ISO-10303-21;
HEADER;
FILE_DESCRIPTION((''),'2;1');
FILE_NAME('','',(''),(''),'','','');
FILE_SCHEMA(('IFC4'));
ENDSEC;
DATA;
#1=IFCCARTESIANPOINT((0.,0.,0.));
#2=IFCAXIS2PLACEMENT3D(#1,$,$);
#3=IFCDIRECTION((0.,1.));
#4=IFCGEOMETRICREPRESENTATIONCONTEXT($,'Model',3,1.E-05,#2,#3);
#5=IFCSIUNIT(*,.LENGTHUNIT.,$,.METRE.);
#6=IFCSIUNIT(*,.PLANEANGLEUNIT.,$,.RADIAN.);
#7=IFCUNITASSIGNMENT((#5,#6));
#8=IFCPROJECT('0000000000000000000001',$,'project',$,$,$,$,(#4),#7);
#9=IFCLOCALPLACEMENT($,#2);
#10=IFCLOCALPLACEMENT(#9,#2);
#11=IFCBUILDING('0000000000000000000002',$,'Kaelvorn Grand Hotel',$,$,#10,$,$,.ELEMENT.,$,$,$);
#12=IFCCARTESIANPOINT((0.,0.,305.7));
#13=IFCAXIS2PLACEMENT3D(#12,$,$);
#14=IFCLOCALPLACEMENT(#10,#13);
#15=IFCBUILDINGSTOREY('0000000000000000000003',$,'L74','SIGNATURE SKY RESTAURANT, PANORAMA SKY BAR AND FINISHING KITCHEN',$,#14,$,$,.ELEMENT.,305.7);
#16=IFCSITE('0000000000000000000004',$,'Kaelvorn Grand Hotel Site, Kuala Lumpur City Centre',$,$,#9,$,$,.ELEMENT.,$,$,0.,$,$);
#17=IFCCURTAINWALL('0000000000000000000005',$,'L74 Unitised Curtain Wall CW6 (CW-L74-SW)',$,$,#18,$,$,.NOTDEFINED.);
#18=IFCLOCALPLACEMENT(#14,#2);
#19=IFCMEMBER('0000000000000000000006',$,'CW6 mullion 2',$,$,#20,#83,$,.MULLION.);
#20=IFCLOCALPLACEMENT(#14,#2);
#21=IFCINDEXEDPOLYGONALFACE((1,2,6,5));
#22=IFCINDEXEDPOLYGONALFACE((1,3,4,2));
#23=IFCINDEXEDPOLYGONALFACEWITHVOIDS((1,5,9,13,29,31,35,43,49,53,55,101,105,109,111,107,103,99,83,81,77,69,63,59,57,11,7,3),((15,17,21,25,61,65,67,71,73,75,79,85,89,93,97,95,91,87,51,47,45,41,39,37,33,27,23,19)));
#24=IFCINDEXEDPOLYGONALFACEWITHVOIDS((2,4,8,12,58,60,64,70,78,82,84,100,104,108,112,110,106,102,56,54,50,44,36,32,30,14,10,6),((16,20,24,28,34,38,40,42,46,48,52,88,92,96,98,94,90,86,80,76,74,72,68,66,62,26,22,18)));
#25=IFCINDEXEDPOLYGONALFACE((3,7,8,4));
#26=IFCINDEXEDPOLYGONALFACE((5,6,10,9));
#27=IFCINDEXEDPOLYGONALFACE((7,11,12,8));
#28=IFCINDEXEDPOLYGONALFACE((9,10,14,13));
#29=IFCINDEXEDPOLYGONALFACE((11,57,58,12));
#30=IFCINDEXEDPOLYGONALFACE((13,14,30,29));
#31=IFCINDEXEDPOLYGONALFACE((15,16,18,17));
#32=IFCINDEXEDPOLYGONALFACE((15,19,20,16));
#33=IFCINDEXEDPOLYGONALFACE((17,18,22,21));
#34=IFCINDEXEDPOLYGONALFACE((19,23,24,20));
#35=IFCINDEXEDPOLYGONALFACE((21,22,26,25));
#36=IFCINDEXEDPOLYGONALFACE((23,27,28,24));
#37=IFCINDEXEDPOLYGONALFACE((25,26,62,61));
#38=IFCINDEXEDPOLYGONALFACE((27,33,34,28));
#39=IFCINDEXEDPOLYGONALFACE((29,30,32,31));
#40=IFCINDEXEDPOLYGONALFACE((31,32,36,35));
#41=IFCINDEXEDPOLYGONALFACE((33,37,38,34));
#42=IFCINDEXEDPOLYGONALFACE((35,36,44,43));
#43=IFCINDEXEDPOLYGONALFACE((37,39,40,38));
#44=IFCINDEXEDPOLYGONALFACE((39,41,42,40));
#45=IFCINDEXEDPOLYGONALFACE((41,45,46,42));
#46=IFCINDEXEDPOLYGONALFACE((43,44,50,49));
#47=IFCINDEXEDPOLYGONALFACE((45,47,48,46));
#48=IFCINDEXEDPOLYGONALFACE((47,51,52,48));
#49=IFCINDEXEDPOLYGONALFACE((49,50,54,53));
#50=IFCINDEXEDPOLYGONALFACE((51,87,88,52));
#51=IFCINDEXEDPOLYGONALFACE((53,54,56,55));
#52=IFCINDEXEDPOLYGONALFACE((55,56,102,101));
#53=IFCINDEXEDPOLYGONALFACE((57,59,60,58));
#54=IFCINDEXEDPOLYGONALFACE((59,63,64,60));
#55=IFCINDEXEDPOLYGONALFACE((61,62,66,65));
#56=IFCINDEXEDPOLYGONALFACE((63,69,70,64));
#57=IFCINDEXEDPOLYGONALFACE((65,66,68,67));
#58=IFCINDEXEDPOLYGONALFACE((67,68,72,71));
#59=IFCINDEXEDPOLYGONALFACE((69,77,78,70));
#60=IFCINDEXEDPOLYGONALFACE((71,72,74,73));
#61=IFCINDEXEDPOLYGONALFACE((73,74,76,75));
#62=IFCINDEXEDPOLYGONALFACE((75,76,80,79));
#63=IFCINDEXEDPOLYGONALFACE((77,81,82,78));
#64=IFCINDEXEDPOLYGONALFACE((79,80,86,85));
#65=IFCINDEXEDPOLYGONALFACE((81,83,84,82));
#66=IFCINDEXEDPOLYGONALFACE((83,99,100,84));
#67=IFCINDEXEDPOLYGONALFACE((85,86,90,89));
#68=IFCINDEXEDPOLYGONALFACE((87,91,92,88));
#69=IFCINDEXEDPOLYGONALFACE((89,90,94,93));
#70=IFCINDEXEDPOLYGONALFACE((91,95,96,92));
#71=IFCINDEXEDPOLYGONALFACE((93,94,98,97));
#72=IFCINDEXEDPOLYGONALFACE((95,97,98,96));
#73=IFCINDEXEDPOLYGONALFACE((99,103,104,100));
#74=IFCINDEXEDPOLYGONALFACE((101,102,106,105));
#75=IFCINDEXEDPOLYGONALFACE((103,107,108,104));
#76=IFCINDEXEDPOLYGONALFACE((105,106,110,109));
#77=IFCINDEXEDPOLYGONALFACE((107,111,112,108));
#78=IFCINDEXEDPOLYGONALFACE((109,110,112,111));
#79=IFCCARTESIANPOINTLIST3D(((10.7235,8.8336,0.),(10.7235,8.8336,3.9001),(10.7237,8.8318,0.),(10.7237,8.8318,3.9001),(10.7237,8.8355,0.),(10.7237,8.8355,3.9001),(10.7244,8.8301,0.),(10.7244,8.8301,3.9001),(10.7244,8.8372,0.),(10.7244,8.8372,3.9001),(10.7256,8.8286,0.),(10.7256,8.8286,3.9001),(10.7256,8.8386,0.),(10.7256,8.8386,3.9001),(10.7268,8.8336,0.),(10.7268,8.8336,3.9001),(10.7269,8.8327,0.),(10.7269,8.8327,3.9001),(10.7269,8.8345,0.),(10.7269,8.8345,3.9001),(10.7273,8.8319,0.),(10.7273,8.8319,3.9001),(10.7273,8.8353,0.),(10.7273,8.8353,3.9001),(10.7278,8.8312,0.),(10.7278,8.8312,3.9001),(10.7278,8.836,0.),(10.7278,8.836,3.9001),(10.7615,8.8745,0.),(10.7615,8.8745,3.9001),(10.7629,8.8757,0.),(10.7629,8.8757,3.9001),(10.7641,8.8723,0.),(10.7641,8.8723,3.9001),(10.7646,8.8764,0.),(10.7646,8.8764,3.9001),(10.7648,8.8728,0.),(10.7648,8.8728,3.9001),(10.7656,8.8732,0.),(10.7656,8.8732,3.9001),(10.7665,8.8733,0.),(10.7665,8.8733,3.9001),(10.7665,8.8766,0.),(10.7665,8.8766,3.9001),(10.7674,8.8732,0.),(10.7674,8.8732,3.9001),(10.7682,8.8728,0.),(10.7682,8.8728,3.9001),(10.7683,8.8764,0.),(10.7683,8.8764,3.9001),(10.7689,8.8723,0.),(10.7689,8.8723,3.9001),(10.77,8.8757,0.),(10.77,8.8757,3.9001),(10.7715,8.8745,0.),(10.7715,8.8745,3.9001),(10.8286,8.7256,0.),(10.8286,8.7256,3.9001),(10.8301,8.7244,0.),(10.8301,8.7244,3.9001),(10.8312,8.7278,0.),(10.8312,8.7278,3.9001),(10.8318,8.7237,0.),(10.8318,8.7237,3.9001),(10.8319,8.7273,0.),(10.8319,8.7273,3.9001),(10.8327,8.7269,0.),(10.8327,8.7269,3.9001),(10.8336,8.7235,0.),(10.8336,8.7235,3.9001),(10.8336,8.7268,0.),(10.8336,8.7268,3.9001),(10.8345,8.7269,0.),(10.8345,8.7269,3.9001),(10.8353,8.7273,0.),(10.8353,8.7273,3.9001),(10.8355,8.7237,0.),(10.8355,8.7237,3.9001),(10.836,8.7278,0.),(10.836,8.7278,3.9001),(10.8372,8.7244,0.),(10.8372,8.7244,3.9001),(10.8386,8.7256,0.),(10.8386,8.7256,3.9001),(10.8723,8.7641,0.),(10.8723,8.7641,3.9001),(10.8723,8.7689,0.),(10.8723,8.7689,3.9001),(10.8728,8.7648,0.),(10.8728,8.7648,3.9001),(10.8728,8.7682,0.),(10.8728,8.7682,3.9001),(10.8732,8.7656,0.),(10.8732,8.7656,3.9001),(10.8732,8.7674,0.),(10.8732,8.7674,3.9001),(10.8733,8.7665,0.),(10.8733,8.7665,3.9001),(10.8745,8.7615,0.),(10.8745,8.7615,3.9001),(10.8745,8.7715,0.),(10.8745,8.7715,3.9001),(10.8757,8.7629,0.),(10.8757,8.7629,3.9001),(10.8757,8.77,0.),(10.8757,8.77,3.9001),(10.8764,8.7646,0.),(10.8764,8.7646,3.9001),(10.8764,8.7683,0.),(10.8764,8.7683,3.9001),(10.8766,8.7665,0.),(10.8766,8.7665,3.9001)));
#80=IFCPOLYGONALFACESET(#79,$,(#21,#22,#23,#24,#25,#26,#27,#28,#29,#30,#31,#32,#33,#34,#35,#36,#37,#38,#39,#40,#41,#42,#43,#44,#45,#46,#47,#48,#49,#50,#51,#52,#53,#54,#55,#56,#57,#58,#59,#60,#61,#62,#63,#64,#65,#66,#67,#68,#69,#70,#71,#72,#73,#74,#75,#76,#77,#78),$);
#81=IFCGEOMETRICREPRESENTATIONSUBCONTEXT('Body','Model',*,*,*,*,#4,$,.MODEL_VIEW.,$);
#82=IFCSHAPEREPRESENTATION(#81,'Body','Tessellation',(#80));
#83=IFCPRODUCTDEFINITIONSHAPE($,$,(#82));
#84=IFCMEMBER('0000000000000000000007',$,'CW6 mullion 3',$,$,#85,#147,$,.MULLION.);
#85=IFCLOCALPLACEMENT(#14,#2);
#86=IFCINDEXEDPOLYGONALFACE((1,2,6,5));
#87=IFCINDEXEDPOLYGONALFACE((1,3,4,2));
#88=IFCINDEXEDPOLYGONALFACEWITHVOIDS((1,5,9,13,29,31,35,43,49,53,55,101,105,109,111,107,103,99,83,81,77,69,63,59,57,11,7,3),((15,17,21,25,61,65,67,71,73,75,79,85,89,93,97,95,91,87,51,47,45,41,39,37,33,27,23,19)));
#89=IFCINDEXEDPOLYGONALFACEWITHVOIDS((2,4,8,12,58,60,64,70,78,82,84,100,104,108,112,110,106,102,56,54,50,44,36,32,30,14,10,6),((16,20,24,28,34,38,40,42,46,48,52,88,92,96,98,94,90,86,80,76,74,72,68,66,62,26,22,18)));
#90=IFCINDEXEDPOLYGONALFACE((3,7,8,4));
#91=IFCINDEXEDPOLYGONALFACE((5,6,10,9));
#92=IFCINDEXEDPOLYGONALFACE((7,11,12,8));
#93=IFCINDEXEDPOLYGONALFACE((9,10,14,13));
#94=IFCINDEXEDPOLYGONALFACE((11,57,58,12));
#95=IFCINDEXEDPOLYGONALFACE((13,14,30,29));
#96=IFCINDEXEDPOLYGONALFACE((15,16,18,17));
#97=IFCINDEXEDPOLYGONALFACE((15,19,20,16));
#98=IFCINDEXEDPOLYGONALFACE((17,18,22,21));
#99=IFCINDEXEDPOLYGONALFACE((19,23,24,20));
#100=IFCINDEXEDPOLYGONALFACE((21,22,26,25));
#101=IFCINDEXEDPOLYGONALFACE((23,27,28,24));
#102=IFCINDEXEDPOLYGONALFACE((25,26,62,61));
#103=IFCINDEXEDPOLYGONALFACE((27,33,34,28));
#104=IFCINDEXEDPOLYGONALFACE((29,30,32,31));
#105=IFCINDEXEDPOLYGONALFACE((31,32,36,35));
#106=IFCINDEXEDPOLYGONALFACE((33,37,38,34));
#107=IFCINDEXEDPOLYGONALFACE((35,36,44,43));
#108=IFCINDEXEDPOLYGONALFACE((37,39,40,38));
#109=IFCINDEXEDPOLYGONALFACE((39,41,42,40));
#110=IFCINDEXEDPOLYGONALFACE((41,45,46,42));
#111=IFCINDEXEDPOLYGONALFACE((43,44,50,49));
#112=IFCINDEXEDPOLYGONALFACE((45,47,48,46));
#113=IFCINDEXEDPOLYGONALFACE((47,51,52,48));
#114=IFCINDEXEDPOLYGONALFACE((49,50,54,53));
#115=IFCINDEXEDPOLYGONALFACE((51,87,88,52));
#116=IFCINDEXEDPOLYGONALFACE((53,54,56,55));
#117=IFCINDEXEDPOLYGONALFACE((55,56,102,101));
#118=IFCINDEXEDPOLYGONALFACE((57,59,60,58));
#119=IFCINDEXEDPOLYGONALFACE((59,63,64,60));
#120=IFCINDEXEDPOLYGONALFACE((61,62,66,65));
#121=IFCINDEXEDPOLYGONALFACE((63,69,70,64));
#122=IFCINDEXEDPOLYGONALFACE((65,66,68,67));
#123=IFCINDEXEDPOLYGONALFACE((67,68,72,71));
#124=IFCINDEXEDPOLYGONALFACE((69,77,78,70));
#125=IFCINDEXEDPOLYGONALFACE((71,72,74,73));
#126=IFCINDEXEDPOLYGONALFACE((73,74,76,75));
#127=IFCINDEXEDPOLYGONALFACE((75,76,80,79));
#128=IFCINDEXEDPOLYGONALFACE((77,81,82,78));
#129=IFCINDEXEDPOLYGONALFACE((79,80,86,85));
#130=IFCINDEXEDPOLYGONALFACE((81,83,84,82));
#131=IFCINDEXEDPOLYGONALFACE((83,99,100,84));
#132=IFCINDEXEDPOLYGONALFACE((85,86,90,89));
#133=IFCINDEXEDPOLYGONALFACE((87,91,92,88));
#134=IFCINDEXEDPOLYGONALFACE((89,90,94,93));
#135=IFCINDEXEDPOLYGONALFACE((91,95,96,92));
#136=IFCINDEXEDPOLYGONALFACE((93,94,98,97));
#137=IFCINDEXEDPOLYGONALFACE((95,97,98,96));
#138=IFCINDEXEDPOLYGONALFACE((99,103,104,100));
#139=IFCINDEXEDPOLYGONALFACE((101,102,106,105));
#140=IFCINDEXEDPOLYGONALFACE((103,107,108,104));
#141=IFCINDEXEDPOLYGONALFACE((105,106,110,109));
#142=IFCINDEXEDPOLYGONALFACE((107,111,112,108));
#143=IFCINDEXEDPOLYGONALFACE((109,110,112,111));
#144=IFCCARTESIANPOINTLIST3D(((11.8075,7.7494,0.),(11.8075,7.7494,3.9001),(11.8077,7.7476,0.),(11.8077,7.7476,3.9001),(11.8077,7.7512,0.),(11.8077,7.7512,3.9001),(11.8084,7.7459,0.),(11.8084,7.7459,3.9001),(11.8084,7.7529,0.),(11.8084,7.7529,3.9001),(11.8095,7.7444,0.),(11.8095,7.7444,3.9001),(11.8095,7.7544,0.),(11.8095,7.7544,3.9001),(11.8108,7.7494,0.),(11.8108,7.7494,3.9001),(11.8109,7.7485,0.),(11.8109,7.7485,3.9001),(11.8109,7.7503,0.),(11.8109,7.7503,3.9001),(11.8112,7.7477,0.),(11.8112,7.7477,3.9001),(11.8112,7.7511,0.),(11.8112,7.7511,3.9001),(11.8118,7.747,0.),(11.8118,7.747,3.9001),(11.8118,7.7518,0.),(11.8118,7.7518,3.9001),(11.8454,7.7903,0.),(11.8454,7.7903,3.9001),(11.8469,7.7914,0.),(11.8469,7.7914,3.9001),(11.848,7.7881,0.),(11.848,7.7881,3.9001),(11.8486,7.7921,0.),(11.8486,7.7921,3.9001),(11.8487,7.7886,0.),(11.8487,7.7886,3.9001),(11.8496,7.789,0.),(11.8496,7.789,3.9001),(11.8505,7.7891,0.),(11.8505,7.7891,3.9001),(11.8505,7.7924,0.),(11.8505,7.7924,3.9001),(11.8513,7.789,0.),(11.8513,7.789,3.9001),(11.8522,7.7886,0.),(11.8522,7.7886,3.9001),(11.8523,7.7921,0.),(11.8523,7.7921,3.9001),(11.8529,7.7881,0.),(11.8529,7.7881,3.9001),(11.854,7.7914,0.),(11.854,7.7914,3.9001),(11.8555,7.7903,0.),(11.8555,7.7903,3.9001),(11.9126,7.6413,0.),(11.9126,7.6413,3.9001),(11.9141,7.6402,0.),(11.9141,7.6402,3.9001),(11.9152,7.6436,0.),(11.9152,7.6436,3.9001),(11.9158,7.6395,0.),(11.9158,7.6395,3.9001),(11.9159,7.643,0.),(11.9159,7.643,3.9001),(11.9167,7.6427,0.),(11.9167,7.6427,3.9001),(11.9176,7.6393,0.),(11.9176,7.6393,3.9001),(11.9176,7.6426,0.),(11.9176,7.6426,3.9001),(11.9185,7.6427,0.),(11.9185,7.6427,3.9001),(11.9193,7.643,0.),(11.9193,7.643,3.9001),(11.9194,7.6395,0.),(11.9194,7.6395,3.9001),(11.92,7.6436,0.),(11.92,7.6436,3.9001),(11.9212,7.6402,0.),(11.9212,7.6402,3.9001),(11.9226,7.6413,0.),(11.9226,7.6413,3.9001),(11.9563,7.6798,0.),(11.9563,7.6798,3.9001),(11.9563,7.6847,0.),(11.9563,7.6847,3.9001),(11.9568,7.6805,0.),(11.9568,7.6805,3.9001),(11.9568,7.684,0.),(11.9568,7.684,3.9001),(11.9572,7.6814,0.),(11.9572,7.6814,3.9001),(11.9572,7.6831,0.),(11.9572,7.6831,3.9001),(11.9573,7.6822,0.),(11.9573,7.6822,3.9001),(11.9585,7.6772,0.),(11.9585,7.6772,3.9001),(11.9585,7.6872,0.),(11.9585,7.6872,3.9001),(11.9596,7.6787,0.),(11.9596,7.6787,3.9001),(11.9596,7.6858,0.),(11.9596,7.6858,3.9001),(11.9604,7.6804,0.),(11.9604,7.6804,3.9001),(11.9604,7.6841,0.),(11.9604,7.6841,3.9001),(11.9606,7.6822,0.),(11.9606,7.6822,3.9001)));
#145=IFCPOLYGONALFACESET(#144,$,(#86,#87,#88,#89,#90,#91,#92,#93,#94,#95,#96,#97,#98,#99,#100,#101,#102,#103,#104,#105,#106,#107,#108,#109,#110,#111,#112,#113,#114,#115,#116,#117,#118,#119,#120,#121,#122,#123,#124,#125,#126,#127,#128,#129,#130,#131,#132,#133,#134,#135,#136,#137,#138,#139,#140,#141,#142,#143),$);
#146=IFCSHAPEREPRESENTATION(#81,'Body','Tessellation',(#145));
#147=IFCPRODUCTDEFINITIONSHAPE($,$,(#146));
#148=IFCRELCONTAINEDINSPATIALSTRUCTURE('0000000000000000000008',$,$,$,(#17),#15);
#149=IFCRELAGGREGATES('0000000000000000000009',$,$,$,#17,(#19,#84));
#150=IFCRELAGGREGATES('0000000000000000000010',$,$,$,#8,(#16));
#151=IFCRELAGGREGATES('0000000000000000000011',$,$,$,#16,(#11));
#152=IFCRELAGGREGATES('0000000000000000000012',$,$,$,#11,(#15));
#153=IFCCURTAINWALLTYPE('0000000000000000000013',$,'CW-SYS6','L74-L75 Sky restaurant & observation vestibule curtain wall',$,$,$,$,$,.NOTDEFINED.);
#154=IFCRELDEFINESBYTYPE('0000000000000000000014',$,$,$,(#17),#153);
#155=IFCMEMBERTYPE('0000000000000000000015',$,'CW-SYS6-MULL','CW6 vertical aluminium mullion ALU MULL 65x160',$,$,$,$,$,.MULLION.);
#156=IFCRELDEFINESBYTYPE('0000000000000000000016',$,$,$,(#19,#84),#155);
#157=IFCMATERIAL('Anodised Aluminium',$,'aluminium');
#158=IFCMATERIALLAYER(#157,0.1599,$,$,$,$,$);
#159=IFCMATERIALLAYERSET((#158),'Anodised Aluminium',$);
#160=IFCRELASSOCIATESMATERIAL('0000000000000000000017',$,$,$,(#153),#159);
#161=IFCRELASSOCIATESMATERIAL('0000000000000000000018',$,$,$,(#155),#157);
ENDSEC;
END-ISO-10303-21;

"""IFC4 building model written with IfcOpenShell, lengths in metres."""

from ifc_helpers import new_model, si_unit, direction, frame, origin, origin_2d, place, context, subcontext, project, spatial, hollow_rectangle, extrude, material, layer, layer_set, material_profile, profile_set, type_object, element, aggregate, save


model = new_model("IFC4")

# Units and contexts
model_context = context("Model", 3, precision=1e-05, world=origin(), true_north=direction((0.0, 1.0)))
body_context = subcontext(model_context, "Body", "Model", "MODEL_VIEW")
ifc_project = project(units=[si_unit("LENGTHUNIT", "METRE"), si_unit("PLANEANGLEUNIT", "RADIAN")], contexts=[model_context])

# Site, building, storey
site_placement = place(None, origin())
site = spatial("IfcSite", under=ifc_project, at=site_placement, Name="Kaelvorn Grand Hotel Site, Kuala Lumpur City Centre", CompositionType="ELEMENT", RefElevation=0.0)
building_placement = place(site_placement, origin())
building = spatial("IfcBuilding", under=site, at=building_placement, Name="Kaelvorn Grand Hotel", CompositionType="ELEMENT")
storey_placement = place(building_placement, frame((0.0, 0.0, 305.7)))
storey = spatial("IfcBuildingStorey", under=building, at=storey_placement, Name="L74", Description="SIGNATURE SKY RESTAURANT, PANORAMA SKY BAR AND FINISHING KITCHEN", CompositionType="ELEMENT", Elevation=305.7)

# Shared definitions
ifc_material_1 = material(Name="Anodised Aluminium", Category="aluminium")
ifc_layer_1 = layer(ifc_material_1, 0.1599)
ifc_layer_set_1 = layer_set([ifc_layer_1], Name="Anodised Aluminium")
curtain_wall_type = type_object("IfcCurtainWallType", Name="CW-SYS6", Description="L74-L75 Sky restaurant & observation vestibule curtain wall", PredefinedType="NOTDEFINED", material=ifc_layer_set_1)
ifc_material_profile_1 = material_profile(ifc_material_1, hollow_rectangle(XDim=0.0649, YDim=0.1599, WallThickness=0.0034, InnerFilletRadius=0.0034, OuterFilletRadius=0.0071, at=origin_2d()), Name="ALU MULL 65x160")
ifc_profile_set_1 = profile_set([ifc_material_profile_1], Name="Anodised Aluminium")
member_type_1 = type_object("IfcMemberType", Name="CW-SYS6-MULL", Description="CW6 vertical aluminium mullion ALU MULL 65x160", PredefinedType="MULLION", material=ifc_profile_set_1)

# Curtain wall, members
curtain_wall_1_placement = place(storey_placement, origin())
curtain_wall_1 = element("IfcCurtainWall", 1, at=curtain_wall_1_placement, inside=storey, type_object=curtain_wall_type, Name="L74 Unitised Curtain Wall CW6 (CW-L74-SW)", PredefinedType="NOTDEFINED")
member_1_placement = place(storey_placement, frame((10.8, 8.8, 0.0), z_axis=(0.0, 0.0, 1.0), x_axis=(0.707107, 0.707107, 0.0)))
member_1 = element("IfcMember", 2, at=member_1_placement, type_object=member_type_1, Name="CW6 mullion 2", PredefinedType="MULLION", context=body_context, shape_type="SweptSolid", body=[
    extrude(hollow_rectangle(XDim=0.0649, YDim=0.1599, WallThickness=0.0034, InnerFilletRadius=0.0034, OuterFilletRadius=0.0071, at=origin_2d()), origin(), (0.0, 0.0, 1.0), 3.9001),
])
member_2_placement = place(storey_placement, frame((11.884, 7.7158, 0.0), z_axis=(0.0, 0.0, 1.0), x_axis=(0.707107, 0.707107, 0.0)))
member_2 = element("IfcMember", 3, at=member_2_placement, type_object=member_type_1, Name="CW6 mullion 3", PredefinedType="MULLION", context=body_context, shape_type="SweptSolid", body=[
    extrude(hollow_rectangle(XDim=0.0649, YDim=0.1599, WallThickness=0.0034, InnerFilletRadius=0.0034, OuterFilletRadius=0.0071, at=origin_2d()), origin(), (0.0, 0.0, 1.0), 3.9001),
])

aggregate(curtain_wall_1, [member_1, member_2])

save(model, "model.ifc")
